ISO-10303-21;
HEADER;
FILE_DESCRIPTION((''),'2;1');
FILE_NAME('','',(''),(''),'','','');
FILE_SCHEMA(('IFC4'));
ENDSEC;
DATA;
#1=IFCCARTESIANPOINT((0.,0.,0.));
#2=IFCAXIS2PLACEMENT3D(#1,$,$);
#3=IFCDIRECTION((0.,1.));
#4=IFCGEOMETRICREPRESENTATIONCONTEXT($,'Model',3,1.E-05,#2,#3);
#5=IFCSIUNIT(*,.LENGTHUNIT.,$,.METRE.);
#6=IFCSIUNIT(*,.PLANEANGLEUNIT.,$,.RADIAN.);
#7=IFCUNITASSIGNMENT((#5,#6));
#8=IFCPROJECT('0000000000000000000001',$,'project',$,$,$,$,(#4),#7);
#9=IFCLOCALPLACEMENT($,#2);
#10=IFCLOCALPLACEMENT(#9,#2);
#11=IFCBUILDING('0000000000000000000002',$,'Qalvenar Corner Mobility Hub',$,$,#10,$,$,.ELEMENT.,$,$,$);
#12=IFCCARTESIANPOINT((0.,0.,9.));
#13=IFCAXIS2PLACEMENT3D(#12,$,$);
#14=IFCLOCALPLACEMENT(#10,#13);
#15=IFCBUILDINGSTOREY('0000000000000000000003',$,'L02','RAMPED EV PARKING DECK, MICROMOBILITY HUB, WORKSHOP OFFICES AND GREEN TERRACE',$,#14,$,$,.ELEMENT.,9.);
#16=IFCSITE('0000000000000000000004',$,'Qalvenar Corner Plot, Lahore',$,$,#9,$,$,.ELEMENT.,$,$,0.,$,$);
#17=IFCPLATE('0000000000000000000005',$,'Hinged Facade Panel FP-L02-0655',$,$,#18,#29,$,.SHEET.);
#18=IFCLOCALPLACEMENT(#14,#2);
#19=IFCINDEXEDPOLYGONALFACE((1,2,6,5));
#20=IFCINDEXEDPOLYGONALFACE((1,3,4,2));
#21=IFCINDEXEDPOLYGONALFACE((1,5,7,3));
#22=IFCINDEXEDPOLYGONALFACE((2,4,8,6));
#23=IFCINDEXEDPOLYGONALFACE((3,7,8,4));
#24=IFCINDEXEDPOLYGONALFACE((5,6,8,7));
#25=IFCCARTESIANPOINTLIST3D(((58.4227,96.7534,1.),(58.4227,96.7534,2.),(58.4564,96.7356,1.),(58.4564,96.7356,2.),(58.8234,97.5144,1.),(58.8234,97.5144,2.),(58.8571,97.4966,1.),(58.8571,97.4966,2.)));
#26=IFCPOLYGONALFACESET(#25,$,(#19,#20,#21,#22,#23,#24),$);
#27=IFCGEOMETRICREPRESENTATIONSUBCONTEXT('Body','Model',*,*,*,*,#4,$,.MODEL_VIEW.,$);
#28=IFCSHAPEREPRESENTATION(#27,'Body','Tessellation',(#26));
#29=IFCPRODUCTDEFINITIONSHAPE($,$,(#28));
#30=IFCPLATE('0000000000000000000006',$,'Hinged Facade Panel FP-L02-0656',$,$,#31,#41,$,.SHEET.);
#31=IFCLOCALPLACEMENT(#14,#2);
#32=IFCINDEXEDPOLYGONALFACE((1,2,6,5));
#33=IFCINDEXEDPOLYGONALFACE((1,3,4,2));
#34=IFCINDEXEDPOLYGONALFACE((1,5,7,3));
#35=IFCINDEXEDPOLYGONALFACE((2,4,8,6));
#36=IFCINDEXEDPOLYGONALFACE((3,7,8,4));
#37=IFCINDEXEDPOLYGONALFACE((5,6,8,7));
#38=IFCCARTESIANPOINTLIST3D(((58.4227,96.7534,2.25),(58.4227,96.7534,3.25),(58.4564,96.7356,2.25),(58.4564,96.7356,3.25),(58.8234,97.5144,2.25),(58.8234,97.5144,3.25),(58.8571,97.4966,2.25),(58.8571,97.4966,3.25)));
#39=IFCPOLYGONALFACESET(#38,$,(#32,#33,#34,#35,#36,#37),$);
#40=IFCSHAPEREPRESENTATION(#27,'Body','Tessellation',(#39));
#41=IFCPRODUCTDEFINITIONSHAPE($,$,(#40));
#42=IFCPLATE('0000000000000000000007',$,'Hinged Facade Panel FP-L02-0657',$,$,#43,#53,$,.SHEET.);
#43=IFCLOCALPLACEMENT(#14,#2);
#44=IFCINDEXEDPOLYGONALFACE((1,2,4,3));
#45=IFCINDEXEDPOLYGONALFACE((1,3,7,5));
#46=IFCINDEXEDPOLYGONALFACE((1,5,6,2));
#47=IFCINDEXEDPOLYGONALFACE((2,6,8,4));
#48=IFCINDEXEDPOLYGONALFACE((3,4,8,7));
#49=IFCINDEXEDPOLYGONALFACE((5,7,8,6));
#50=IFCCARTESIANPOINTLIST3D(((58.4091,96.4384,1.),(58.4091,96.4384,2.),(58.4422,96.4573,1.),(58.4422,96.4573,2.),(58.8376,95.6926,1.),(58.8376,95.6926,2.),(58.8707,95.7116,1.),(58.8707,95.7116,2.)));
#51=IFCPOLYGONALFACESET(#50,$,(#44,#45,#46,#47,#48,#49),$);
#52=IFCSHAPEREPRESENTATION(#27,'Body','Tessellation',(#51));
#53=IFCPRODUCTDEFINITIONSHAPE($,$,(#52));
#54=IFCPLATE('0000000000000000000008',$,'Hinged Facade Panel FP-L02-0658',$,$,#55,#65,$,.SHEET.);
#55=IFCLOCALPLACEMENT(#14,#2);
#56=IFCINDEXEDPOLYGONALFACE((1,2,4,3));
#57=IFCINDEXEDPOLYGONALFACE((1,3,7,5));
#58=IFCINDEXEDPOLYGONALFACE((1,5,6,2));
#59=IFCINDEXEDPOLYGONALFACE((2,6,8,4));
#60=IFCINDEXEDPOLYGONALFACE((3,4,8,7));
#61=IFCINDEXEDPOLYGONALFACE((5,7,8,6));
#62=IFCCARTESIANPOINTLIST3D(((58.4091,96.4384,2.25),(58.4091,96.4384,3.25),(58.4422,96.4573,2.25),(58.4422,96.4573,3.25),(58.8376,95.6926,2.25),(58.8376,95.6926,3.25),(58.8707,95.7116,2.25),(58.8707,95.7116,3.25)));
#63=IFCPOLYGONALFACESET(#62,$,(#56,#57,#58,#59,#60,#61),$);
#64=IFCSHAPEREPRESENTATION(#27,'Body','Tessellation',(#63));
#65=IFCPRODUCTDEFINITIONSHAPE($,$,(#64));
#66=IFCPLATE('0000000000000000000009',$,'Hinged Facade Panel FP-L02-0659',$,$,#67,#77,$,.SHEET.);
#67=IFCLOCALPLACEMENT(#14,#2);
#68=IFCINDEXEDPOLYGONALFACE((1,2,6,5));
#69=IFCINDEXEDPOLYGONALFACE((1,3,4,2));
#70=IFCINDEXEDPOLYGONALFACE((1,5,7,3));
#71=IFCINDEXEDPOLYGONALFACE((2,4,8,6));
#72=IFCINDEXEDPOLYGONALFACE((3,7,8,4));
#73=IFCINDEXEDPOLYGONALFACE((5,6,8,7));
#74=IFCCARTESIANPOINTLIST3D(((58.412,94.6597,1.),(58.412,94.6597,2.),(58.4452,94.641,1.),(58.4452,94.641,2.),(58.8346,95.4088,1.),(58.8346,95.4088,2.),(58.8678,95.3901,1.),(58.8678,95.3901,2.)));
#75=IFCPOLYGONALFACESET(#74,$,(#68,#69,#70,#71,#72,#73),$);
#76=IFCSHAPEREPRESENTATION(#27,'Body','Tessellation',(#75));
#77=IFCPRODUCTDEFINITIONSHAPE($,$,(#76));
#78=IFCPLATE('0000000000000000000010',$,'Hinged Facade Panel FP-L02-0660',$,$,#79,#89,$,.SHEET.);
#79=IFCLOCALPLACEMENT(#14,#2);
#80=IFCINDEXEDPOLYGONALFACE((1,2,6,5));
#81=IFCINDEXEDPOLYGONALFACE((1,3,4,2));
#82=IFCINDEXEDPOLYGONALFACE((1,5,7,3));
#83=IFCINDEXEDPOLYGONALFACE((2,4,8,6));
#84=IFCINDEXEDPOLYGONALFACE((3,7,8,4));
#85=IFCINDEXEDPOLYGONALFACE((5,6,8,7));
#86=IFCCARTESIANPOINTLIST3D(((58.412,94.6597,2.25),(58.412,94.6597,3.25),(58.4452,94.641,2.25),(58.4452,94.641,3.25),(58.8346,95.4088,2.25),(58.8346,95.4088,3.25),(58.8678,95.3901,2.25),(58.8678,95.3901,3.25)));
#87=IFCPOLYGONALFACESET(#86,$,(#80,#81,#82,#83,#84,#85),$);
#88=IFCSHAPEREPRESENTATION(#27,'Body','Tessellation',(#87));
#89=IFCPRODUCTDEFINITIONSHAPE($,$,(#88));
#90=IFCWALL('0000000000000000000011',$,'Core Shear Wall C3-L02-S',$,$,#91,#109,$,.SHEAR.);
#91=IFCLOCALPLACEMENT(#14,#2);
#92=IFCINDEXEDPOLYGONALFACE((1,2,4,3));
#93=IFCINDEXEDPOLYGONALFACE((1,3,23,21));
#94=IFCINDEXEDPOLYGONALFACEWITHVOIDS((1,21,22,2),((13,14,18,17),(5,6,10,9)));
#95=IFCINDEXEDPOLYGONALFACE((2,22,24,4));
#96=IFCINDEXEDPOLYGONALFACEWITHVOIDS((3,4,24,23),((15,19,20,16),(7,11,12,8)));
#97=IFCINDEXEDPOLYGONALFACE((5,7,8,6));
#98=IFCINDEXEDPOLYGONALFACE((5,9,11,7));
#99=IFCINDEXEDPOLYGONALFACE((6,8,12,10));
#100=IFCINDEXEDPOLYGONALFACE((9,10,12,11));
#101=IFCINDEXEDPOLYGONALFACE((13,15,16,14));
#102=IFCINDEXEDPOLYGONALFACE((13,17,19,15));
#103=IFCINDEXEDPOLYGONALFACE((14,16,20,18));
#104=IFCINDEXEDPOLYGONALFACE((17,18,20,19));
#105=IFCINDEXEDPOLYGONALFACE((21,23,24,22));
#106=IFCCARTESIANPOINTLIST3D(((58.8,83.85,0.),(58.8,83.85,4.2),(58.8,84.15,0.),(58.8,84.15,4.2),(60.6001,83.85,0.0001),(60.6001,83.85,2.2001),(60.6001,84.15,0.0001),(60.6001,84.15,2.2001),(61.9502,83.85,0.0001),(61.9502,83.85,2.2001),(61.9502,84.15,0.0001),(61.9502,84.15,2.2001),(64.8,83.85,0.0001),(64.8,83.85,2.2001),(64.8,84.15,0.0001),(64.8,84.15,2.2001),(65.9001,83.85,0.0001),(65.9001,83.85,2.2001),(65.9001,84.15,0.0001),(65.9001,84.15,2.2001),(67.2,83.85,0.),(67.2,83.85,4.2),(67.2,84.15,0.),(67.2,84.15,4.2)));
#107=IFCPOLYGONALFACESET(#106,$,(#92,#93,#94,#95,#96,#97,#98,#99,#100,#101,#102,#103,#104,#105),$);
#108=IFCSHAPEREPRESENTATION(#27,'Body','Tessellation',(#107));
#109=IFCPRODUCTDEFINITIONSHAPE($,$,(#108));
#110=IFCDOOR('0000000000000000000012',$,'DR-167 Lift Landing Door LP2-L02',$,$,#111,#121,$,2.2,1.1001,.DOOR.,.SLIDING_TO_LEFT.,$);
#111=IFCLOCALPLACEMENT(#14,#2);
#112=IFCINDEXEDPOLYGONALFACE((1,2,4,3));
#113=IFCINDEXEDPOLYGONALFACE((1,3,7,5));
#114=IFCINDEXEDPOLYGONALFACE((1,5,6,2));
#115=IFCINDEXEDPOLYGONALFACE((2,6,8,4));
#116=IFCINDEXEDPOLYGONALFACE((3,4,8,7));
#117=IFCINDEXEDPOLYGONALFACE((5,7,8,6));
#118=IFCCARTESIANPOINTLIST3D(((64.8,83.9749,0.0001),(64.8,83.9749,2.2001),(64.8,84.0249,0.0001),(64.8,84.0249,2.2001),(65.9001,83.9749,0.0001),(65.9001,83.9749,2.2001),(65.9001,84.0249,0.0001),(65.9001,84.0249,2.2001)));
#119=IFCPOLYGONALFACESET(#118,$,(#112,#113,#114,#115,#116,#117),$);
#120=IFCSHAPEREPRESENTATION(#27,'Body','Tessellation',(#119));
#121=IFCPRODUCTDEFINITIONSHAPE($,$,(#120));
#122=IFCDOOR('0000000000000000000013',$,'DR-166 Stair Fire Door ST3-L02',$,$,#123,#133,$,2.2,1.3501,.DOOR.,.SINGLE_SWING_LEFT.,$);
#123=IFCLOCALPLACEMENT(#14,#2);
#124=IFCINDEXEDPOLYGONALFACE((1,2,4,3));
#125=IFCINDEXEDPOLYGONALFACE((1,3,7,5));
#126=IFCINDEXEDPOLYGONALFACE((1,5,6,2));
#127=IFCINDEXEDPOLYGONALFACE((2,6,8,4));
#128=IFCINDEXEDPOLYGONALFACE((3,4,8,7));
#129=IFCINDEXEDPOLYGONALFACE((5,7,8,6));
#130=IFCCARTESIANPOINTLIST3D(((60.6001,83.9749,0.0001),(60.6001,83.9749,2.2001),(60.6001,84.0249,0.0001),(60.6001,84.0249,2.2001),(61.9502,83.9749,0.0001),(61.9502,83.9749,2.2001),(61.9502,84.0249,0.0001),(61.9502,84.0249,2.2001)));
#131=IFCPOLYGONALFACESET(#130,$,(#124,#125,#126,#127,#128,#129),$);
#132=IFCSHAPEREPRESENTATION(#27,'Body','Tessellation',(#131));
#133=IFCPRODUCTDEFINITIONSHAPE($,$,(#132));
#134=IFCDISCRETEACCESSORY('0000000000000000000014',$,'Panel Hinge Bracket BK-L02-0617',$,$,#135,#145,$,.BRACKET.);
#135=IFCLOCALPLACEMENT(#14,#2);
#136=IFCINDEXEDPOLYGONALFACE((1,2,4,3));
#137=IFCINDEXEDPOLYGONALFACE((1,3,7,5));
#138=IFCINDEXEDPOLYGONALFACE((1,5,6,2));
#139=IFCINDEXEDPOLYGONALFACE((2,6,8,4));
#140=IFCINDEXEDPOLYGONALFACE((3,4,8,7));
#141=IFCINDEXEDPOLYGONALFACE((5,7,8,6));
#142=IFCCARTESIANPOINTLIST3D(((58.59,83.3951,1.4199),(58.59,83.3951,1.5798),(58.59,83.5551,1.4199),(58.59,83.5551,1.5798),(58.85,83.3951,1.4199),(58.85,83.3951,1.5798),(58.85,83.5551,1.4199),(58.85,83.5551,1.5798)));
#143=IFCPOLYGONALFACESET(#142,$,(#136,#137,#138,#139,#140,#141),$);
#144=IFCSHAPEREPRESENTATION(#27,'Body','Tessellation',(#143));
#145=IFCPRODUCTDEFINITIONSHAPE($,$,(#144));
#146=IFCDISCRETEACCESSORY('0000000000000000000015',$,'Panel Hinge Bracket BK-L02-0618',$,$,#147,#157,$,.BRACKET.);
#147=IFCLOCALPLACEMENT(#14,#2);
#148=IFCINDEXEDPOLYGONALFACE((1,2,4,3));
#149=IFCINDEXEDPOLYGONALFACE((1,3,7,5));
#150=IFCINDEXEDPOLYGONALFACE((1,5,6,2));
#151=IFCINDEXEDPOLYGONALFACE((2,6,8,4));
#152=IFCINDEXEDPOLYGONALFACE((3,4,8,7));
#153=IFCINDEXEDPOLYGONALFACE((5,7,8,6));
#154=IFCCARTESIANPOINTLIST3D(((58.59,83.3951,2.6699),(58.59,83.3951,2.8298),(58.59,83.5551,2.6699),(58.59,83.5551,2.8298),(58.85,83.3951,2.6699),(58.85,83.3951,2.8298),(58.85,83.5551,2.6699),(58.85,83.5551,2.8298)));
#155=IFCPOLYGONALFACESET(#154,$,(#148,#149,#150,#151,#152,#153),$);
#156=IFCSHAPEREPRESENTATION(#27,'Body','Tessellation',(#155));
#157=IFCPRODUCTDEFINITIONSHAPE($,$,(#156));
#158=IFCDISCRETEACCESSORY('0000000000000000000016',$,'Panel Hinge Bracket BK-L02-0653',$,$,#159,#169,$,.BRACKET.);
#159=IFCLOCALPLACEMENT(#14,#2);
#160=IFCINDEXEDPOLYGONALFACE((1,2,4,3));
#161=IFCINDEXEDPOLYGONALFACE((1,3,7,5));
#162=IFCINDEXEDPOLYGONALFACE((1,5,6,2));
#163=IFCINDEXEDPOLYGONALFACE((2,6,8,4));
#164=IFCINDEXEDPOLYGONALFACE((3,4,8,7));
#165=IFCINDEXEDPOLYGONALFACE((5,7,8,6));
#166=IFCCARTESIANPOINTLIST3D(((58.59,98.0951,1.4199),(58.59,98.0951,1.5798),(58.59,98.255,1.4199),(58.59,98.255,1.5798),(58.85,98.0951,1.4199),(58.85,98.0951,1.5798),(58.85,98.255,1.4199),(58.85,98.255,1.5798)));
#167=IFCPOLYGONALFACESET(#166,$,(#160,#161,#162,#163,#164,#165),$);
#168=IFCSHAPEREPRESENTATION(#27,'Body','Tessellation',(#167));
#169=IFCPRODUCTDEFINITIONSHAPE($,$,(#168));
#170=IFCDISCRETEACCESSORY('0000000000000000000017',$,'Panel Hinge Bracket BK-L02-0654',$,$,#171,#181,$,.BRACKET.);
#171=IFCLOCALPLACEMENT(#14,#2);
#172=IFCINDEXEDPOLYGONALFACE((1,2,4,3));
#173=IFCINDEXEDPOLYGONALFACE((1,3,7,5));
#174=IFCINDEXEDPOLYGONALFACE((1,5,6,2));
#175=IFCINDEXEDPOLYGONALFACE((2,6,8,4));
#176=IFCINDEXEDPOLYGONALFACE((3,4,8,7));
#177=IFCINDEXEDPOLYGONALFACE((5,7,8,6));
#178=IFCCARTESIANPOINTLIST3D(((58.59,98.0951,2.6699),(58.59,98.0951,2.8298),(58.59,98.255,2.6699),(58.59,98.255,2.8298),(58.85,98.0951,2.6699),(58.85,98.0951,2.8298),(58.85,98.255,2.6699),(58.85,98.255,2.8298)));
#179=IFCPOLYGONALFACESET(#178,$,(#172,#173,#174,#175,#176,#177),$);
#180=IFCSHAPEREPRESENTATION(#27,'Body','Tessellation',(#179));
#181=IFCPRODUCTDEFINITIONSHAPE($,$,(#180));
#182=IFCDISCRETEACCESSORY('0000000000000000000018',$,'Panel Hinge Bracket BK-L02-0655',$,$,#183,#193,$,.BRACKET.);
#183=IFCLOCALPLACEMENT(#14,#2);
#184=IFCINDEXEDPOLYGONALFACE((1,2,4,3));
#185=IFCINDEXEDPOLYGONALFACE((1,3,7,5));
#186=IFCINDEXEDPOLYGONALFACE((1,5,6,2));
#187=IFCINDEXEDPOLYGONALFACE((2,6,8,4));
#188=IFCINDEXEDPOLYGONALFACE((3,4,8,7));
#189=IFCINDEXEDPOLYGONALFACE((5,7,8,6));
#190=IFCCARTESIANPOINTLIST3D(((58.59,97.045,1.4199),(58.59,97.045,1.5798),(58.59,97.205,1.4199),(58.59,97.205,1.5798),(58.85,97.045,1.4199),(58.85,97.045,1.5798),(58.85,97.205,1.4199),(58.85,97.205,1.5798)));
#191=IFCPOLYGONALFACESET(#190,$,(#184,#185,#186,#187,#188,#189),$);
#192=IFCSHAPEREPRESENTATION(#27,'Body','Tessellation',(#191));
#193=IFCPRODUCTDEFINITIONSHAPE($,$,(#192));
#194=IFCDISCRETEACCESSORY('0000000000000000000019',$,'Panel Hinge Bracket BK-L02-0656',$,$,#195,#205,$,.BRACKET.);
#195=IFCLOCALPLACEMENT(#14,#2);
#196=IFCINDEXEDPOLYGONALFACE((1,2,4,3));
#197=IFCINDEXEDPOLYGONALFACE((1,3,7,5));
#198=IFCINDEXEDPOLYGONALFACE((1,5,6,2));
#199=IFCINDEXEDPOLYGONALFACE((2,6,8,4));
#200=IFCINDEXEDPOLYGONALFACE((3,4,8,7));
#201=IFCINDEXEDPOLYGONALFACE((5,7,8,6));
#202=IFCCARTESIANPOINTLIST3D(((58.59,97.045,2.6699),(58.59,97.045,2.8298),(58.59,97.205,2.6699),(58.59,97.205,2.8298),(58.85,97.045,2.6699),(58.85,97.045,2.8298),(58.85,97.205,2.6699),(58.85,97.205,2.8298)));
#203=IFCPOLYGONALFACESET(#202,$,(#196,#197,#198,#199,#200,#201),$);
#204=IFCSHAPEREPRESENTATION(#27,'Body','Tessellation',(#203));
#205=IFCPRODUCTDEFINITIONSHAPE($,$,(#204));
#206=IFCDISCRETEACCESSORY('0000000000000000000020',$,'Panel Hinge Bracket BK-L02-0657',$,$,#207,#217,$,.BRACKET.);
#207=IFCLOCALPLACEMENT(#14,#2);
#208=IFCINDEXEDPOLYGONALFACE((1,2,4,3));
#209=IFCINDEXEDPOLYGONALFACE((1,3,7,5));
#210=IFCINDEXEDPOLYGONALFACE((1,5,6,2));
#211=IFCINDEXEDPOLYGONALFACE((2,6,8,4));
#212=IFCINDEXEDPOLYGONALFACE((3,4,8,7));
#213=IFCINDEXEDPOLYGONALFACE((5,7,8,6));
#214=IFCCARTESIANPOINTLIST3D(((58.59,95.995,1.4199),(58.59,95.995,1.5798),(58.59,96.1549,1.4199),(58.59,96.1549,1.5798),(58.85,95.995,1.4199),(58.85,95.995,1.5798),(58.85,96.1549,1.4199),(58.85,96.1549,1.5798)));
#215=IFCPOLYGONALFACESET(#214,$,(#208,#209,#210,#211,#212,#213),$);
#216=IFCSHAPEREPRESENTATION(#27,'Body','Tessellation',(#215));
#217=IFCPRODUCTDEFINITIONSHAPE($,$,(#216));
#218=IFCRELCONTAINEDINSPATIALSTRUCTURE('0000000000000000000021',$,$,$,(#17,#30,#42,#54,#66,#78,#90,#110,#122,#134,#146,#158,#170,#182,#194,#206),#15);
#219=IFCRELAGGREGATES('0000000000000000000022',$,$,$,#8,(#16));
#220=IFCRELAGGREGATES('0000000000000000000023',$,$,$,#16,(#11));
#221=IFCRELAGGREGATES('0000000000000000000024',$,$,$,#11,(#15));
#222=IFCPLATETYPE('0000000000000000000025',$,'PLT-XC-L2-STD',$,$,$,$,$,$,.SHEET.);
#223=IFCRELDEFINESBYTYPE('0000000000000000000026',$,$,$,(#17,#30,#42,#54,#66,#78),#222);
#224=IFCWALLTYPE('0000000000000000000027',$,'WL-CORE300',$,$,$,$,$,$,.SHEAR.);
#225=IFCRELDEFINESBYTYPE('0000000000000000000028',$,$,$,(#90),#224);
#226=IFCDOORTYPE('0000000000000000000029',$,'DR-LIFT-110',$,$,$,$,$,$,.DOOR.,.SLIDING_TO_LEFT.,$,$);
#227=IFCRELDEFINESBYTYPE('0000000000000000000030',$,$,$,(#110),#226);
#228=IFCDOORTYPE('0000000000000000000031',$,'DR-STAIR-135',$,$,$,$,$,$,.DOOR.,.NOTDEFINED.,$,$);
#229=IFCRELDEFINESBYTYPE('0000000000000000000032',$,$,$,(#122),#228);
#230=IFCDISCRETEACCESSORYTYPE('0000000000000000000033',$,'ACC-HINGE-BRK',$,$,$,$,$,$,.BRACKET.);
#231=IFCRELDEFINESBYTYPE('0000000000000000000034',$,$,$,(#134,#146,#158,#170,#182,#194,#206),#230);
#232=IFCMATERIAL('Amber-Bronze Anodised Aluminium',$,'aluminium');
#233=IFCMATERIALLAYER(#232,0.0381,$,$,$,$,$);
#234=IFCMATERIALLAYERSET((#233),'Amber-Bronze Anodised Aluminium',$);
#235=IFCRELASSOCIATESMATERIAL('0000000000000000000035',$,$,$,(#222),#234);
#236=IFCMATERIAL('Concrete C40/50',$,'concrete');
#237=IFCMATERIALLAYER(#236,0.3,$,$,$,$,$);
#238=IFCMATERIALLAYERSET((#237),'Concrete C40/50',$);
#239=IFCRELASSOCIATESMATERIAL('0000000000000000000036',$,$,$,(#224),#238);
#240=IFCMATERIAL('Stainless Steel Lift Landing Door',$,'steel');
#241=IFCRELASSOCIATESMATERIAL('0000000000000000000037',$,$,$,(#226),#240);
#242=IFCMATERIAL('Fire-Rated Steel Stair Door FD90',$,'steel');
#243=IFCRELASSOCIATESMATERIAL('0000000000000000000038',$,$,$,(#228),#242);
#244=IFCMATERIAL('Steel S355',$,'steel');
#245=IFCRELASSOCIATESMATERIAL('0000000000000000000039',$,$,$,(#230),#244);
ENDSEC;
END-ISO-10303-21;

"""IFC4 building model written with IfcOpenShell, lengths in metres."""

from ifc_helpers import new_model, si_unit, direction, frame, frame_2d, origin, origin_2d, place, context, subcontext, project, spatial, rectangle, extrude, material, layer, layer_set, type_object, element, fill, save


model = new_model("IFC4")

# Units and contexts
model_context = context("Model", 3, precision=1e-05, world=origin(), true_north=direction((0.0, 1.0)))
body_context = subcontext(model_context, "Body", "Model", "MODEL_VIEW")
ifc_project = project(units=[si_unit("LENGTHUNIT", "METRE"), si_unit("PLANEANGLEUNIT", "RADIAN")], contexts=[model_context])

# Site, building, storey
site_placement = place(None, origin())
site = spatial("IfcSite", under=ifc_project, at=site_placement, Name="Qalvenar Corner Plot, Lahore", CompositionType="ELEMENT", RefElevation=0.0)
building_placement = place(site_placement, origin())
building = spatial("IfcBuilding", under=site, at=building_placement, Name="Qalvenar Corner Mobility Hub", CompositionType="ELEMENT")
storey_placement = place(building_placement, frame((0.0, 0.0, 9.0)))
storey = spatial("IfcBuildingStorey", under=building, at=storey_placement, Name="L02", Description="RAMPED EV PARKING DECK, MICROMOBILITY HUB, WORKSHOP OFFICES AND GREEN TERRACE", CompositionType="ELEMENT", Elevation=9.0)

# Shared definitions
ifc_material_1 = material(Name="Steel S355", Category="steel")

# Plates
ifc_material_2 = material(Name="Amber-Bronze Anodised Aluminium", Category="aluminium")
ifc_layer_1 = layer(ifc_material_2, 0.0381)
ifc_layer_set_1 = layer_set([ifc_layer_1], Name="Amber-Bronze Anodised Aluminium")
plate_type_1 = type_object("IfcPlateType", Name="PLT-XC-L2-STD", PredefinedType="SHEET", material=ifc_layer_set_1)
for number, where, z_axis, x_axis, name in (
    (1, (58.6399, 97.125, 1.0), (0.0, 0.0, 1.0), (-0.465923, -0.884825, 0.0), "Hinged Facade Panel FP-L02-0655"),
    (2, (58.6399, 97.125, 2.25), (0.0, 0.0, 1.0), (-0.465923, -0.884825, 0.0), "Hinged Facade Panel FP-L02-0656"),
    (3, (58.6399, 96.075, 1.0), (0.0, 0.0, 1.0), (0.498185, -0.867071, 0.0), "Hinged Facade Panel FP-L02-0657"),
    (4, (58.6399, 96.075, 2.25), (0.0, 0.0, 1.0), (0.498185, -0.867071, 0.0), "Hinged Facade Panel FP-L02-0658"),
    (5, (58.6399, 95.0249, 1.0), (0.0, 0.0, 1.0), (-0.49136, -0.870957, 0.0), "Hinged Facade Panel FP-L02-0659"),
    (6, (58.6399, 95.0249, 2.25), (0.0, 0.0, 1.0), (-0.49136, -0.870957, 0.0), "Hinged Facade Panel FP-L02-0660"),
):
    element("IfcPlate", number, at=place(storey_placement, frame(where, z_axis=z_axis, x_axis=x_axis)), inside=storey, type_object=plate_type_1, Name=name, PredefinedType="SHEET", context=body_context, shape_type="SweptSolid", body=[
        extrude(rectangle(XDim=0.8601, YDim=0.0381, at=origin_2d()), origin(), (0.0, 0.0, 1.0), 1.0),
    ])

# Wall, openings, doors
ifc_material_3 = material(Name="Concrete C40/50", Category="concrete")
ifc_layer_2 = layer(ifc_material_3, 0.3)
ifc_layer_set_2 = layer_set([ifc_layer_2], Name="Concrete C40/50")
wall_type = type_object("IfcWallType", Name="WL-CORE300", PredefinedType="SHEAR", material=ifc_layer_set_2)
wall_placement = place(storey_placement, frame((58.8, 84.0, 0.0), z_axis=(0.0, 0.0, 1.0), x_axis=(1.0, 0.0, 0.0)))
wall = element("IfcWall", 7, at=wall_placement, inside=storey, type_object=wall_type, Name="Core Shear Wall C3-L02-S", PredefinedType="SHEAR", context=body_context, shape_type="SweptSolid", body=[
    extrude(rectangle(XDim=8.3999, YDim=0.3, at=frame_2d((4.2, 0.0))), origin(), (0.0, 0.0, 1.0), 4.2),
])
opening_1_placement = place(wall_placement, frame((1.8, 0.0, 0.0)))
opening_1 = element("IfcOpeningElement", 8, at=opening_1_placement, cuts=wall, PredefinedType="OPENING", context=body_context, shape_type="SweptSolid", body=[
    extrude(rectangle(XDim=1.3501, YDim=2.2, at=frame_2d((0.675, 1.1001))), frame((0.0, 0.1602, 0.0), z_axis=(0.0, -1.0, 0.0), x_axis=(1.0, 0.0, 0.0)), (0.0, 0.0, 1.0), 0.3201),
])
opening_2_placement = place(wall_placement, frame((6.0, 0.0, 0.0)))
opening_2 = element("IfcOpeningElement", 9, at=opening_2_placement, cuts=wall, PredefinedType="OPENING", context=body_context, shape_type="SweptSolid", body=[
    extrude(rectangle(XDim=1.1001, YDim=2.2, at=frame_2d((0.55, 1.1001))), frame((0.0, 0.1602, 0.0), z_axis=(0.0, -1.0, 0.0), x_axis=(1.0, 0.0, 0.0)), (0.0, 0.0, 1.0), 0.3201),
])
ifc_material_4 = material(Name="Stainless Steel Lift Landing Door", Category="steel")
door_type_1 = type_object("IfcDoorType", Name="DR-LIFT-110", OperationType="SLIDING_TO_LEFT", PredefinedType="DOOR", material=ifc_material_4)
door_1_placement = place(opening_2_placement, origin())
door_1 = element("IfcDoor", 10, at=door_1_placement, inside=storey, type_object=door_type_1, Name="DR-167 Lift Landing Door LP2-L02", OperationType="SLIDING_TO_LEFT", OverallHeight=2.2, OverallWidth=1.1001, PredefinedType="DOOR", context=body_context, shape_type="SweptSolid", body=[
    extrude(rectangle(XDim=1.1001, YDim=2.2, at=frame_2d((0.55, 1.1001))), frame((0.0, 0.0249, 0.0), z_axis=(0.0, -1.0, 0.0), x_axis=(1.0, 0.0, 0.0)), (0.0, 0.0, 1.0), 0.05),
])
fill(opening_2, door_1)
ifc_material_5 = material(Name="Fire-Rated Steel Stair Door FD90", Category="steel")
door_type_2 = type_object("IfcDoorType", Name="DR-STAIR-135", OperationType="NOTDEFINED", PredefinedType="DOOR", material=ifc_material_5)
door_2_placement = place(opening_1_placement, origin())
door_2 = element("IfcDoor", 11, at=door_2_placement, inside=storey, type_object=door_type_2, Name="DR-166 Stair Fire Door ST3-L02", OperationType="SINGLE_SWING_LEFT", OverallHeight=2.2, OverallWidth=1.3501, PredefinedType="DOOR", context=body_context, shape_type="SweptSolid", body=[
    extrude(rectangle(XDim=1.3501, YDim=2.2, at=frame_2d((0.675, 1.1001))), frame((0.0, 0.0249, 0.0), z_axis=(0.0, -1.0, 0.0), x_axis=(1.0, 0.0, 0.0)), (0.0, 0.0, 1.0), 0.05),
])
fill(opening_1, door_2)

# Discrete accessories
discrete_accessory_type = type_object("IfcDiscreteAccessoryType", Name="ACC-HINGE-BRK", PredefinedType="BRACKET", material=ifc_material_1)
for number, where, z_axis, x_axis, name in (
    (12, (58.72, 83.4751, 1.4199), (0.0, 0.0, 1.0), (0.0, -1.0, 0.0), "Panel Hinge Bracket BK-L02-0617"),
    (13, (58.72, 83.4751, 2.6699), (0.0, 0.0, 1.0), (0.0, -1.0, 0.0), "Panel Hinge Bracket BK-L02-0618"),
    (14, (58.72, 98.175, 1.4199), (0.0, 0.0, 1.0), (0.0, -1.0, 0.0), "Panel Hinge Bracket BK-L02-0653"),
    (15, (58.72, 98.175, 2.6699), (0.0, 0.0, 1.0), (0.0, -1.0, 0.0), "Panel Hinge Bracket BK-L02-0654"),
    (16, (58.72, 97.125, 1.4199), (0.0, 0.0, 1.0), (0.0, -1.0, 0.0), "Panel Hinge Bracket BK-L02-0655"),
    (17, (58.72, 97.125, 2.6699), (0.0, 0.0, 1.0), (0.0, -1.0, 0.0), "Panel Hinge Bracket BK-L02-0656"),
    (18, (58.72, 96.075, 1.4199), (0.0, 0.0, 1.0), (0.0, -1.0, 0.0), "Panel Hinge Bracket BK-L02-0657"),
):
    element("IfcDiscreteAccessory", number, at=place(storey_placement, frame(where, z_axis=z_axis, x_axis=x_axis)), inside=storey, type_object=discrete_accessory_type, Name=name, PredefinedType="BRACKET", context=body_context, shape_type="SweptSolid", body=[
        extrude(rectangle(XDim=0.1599, YDim=0.26, at=origin_2d()), origin(), (0.0, 0.0, 1.0), 0.1599),
    ])

save(model, "model.ifc")
